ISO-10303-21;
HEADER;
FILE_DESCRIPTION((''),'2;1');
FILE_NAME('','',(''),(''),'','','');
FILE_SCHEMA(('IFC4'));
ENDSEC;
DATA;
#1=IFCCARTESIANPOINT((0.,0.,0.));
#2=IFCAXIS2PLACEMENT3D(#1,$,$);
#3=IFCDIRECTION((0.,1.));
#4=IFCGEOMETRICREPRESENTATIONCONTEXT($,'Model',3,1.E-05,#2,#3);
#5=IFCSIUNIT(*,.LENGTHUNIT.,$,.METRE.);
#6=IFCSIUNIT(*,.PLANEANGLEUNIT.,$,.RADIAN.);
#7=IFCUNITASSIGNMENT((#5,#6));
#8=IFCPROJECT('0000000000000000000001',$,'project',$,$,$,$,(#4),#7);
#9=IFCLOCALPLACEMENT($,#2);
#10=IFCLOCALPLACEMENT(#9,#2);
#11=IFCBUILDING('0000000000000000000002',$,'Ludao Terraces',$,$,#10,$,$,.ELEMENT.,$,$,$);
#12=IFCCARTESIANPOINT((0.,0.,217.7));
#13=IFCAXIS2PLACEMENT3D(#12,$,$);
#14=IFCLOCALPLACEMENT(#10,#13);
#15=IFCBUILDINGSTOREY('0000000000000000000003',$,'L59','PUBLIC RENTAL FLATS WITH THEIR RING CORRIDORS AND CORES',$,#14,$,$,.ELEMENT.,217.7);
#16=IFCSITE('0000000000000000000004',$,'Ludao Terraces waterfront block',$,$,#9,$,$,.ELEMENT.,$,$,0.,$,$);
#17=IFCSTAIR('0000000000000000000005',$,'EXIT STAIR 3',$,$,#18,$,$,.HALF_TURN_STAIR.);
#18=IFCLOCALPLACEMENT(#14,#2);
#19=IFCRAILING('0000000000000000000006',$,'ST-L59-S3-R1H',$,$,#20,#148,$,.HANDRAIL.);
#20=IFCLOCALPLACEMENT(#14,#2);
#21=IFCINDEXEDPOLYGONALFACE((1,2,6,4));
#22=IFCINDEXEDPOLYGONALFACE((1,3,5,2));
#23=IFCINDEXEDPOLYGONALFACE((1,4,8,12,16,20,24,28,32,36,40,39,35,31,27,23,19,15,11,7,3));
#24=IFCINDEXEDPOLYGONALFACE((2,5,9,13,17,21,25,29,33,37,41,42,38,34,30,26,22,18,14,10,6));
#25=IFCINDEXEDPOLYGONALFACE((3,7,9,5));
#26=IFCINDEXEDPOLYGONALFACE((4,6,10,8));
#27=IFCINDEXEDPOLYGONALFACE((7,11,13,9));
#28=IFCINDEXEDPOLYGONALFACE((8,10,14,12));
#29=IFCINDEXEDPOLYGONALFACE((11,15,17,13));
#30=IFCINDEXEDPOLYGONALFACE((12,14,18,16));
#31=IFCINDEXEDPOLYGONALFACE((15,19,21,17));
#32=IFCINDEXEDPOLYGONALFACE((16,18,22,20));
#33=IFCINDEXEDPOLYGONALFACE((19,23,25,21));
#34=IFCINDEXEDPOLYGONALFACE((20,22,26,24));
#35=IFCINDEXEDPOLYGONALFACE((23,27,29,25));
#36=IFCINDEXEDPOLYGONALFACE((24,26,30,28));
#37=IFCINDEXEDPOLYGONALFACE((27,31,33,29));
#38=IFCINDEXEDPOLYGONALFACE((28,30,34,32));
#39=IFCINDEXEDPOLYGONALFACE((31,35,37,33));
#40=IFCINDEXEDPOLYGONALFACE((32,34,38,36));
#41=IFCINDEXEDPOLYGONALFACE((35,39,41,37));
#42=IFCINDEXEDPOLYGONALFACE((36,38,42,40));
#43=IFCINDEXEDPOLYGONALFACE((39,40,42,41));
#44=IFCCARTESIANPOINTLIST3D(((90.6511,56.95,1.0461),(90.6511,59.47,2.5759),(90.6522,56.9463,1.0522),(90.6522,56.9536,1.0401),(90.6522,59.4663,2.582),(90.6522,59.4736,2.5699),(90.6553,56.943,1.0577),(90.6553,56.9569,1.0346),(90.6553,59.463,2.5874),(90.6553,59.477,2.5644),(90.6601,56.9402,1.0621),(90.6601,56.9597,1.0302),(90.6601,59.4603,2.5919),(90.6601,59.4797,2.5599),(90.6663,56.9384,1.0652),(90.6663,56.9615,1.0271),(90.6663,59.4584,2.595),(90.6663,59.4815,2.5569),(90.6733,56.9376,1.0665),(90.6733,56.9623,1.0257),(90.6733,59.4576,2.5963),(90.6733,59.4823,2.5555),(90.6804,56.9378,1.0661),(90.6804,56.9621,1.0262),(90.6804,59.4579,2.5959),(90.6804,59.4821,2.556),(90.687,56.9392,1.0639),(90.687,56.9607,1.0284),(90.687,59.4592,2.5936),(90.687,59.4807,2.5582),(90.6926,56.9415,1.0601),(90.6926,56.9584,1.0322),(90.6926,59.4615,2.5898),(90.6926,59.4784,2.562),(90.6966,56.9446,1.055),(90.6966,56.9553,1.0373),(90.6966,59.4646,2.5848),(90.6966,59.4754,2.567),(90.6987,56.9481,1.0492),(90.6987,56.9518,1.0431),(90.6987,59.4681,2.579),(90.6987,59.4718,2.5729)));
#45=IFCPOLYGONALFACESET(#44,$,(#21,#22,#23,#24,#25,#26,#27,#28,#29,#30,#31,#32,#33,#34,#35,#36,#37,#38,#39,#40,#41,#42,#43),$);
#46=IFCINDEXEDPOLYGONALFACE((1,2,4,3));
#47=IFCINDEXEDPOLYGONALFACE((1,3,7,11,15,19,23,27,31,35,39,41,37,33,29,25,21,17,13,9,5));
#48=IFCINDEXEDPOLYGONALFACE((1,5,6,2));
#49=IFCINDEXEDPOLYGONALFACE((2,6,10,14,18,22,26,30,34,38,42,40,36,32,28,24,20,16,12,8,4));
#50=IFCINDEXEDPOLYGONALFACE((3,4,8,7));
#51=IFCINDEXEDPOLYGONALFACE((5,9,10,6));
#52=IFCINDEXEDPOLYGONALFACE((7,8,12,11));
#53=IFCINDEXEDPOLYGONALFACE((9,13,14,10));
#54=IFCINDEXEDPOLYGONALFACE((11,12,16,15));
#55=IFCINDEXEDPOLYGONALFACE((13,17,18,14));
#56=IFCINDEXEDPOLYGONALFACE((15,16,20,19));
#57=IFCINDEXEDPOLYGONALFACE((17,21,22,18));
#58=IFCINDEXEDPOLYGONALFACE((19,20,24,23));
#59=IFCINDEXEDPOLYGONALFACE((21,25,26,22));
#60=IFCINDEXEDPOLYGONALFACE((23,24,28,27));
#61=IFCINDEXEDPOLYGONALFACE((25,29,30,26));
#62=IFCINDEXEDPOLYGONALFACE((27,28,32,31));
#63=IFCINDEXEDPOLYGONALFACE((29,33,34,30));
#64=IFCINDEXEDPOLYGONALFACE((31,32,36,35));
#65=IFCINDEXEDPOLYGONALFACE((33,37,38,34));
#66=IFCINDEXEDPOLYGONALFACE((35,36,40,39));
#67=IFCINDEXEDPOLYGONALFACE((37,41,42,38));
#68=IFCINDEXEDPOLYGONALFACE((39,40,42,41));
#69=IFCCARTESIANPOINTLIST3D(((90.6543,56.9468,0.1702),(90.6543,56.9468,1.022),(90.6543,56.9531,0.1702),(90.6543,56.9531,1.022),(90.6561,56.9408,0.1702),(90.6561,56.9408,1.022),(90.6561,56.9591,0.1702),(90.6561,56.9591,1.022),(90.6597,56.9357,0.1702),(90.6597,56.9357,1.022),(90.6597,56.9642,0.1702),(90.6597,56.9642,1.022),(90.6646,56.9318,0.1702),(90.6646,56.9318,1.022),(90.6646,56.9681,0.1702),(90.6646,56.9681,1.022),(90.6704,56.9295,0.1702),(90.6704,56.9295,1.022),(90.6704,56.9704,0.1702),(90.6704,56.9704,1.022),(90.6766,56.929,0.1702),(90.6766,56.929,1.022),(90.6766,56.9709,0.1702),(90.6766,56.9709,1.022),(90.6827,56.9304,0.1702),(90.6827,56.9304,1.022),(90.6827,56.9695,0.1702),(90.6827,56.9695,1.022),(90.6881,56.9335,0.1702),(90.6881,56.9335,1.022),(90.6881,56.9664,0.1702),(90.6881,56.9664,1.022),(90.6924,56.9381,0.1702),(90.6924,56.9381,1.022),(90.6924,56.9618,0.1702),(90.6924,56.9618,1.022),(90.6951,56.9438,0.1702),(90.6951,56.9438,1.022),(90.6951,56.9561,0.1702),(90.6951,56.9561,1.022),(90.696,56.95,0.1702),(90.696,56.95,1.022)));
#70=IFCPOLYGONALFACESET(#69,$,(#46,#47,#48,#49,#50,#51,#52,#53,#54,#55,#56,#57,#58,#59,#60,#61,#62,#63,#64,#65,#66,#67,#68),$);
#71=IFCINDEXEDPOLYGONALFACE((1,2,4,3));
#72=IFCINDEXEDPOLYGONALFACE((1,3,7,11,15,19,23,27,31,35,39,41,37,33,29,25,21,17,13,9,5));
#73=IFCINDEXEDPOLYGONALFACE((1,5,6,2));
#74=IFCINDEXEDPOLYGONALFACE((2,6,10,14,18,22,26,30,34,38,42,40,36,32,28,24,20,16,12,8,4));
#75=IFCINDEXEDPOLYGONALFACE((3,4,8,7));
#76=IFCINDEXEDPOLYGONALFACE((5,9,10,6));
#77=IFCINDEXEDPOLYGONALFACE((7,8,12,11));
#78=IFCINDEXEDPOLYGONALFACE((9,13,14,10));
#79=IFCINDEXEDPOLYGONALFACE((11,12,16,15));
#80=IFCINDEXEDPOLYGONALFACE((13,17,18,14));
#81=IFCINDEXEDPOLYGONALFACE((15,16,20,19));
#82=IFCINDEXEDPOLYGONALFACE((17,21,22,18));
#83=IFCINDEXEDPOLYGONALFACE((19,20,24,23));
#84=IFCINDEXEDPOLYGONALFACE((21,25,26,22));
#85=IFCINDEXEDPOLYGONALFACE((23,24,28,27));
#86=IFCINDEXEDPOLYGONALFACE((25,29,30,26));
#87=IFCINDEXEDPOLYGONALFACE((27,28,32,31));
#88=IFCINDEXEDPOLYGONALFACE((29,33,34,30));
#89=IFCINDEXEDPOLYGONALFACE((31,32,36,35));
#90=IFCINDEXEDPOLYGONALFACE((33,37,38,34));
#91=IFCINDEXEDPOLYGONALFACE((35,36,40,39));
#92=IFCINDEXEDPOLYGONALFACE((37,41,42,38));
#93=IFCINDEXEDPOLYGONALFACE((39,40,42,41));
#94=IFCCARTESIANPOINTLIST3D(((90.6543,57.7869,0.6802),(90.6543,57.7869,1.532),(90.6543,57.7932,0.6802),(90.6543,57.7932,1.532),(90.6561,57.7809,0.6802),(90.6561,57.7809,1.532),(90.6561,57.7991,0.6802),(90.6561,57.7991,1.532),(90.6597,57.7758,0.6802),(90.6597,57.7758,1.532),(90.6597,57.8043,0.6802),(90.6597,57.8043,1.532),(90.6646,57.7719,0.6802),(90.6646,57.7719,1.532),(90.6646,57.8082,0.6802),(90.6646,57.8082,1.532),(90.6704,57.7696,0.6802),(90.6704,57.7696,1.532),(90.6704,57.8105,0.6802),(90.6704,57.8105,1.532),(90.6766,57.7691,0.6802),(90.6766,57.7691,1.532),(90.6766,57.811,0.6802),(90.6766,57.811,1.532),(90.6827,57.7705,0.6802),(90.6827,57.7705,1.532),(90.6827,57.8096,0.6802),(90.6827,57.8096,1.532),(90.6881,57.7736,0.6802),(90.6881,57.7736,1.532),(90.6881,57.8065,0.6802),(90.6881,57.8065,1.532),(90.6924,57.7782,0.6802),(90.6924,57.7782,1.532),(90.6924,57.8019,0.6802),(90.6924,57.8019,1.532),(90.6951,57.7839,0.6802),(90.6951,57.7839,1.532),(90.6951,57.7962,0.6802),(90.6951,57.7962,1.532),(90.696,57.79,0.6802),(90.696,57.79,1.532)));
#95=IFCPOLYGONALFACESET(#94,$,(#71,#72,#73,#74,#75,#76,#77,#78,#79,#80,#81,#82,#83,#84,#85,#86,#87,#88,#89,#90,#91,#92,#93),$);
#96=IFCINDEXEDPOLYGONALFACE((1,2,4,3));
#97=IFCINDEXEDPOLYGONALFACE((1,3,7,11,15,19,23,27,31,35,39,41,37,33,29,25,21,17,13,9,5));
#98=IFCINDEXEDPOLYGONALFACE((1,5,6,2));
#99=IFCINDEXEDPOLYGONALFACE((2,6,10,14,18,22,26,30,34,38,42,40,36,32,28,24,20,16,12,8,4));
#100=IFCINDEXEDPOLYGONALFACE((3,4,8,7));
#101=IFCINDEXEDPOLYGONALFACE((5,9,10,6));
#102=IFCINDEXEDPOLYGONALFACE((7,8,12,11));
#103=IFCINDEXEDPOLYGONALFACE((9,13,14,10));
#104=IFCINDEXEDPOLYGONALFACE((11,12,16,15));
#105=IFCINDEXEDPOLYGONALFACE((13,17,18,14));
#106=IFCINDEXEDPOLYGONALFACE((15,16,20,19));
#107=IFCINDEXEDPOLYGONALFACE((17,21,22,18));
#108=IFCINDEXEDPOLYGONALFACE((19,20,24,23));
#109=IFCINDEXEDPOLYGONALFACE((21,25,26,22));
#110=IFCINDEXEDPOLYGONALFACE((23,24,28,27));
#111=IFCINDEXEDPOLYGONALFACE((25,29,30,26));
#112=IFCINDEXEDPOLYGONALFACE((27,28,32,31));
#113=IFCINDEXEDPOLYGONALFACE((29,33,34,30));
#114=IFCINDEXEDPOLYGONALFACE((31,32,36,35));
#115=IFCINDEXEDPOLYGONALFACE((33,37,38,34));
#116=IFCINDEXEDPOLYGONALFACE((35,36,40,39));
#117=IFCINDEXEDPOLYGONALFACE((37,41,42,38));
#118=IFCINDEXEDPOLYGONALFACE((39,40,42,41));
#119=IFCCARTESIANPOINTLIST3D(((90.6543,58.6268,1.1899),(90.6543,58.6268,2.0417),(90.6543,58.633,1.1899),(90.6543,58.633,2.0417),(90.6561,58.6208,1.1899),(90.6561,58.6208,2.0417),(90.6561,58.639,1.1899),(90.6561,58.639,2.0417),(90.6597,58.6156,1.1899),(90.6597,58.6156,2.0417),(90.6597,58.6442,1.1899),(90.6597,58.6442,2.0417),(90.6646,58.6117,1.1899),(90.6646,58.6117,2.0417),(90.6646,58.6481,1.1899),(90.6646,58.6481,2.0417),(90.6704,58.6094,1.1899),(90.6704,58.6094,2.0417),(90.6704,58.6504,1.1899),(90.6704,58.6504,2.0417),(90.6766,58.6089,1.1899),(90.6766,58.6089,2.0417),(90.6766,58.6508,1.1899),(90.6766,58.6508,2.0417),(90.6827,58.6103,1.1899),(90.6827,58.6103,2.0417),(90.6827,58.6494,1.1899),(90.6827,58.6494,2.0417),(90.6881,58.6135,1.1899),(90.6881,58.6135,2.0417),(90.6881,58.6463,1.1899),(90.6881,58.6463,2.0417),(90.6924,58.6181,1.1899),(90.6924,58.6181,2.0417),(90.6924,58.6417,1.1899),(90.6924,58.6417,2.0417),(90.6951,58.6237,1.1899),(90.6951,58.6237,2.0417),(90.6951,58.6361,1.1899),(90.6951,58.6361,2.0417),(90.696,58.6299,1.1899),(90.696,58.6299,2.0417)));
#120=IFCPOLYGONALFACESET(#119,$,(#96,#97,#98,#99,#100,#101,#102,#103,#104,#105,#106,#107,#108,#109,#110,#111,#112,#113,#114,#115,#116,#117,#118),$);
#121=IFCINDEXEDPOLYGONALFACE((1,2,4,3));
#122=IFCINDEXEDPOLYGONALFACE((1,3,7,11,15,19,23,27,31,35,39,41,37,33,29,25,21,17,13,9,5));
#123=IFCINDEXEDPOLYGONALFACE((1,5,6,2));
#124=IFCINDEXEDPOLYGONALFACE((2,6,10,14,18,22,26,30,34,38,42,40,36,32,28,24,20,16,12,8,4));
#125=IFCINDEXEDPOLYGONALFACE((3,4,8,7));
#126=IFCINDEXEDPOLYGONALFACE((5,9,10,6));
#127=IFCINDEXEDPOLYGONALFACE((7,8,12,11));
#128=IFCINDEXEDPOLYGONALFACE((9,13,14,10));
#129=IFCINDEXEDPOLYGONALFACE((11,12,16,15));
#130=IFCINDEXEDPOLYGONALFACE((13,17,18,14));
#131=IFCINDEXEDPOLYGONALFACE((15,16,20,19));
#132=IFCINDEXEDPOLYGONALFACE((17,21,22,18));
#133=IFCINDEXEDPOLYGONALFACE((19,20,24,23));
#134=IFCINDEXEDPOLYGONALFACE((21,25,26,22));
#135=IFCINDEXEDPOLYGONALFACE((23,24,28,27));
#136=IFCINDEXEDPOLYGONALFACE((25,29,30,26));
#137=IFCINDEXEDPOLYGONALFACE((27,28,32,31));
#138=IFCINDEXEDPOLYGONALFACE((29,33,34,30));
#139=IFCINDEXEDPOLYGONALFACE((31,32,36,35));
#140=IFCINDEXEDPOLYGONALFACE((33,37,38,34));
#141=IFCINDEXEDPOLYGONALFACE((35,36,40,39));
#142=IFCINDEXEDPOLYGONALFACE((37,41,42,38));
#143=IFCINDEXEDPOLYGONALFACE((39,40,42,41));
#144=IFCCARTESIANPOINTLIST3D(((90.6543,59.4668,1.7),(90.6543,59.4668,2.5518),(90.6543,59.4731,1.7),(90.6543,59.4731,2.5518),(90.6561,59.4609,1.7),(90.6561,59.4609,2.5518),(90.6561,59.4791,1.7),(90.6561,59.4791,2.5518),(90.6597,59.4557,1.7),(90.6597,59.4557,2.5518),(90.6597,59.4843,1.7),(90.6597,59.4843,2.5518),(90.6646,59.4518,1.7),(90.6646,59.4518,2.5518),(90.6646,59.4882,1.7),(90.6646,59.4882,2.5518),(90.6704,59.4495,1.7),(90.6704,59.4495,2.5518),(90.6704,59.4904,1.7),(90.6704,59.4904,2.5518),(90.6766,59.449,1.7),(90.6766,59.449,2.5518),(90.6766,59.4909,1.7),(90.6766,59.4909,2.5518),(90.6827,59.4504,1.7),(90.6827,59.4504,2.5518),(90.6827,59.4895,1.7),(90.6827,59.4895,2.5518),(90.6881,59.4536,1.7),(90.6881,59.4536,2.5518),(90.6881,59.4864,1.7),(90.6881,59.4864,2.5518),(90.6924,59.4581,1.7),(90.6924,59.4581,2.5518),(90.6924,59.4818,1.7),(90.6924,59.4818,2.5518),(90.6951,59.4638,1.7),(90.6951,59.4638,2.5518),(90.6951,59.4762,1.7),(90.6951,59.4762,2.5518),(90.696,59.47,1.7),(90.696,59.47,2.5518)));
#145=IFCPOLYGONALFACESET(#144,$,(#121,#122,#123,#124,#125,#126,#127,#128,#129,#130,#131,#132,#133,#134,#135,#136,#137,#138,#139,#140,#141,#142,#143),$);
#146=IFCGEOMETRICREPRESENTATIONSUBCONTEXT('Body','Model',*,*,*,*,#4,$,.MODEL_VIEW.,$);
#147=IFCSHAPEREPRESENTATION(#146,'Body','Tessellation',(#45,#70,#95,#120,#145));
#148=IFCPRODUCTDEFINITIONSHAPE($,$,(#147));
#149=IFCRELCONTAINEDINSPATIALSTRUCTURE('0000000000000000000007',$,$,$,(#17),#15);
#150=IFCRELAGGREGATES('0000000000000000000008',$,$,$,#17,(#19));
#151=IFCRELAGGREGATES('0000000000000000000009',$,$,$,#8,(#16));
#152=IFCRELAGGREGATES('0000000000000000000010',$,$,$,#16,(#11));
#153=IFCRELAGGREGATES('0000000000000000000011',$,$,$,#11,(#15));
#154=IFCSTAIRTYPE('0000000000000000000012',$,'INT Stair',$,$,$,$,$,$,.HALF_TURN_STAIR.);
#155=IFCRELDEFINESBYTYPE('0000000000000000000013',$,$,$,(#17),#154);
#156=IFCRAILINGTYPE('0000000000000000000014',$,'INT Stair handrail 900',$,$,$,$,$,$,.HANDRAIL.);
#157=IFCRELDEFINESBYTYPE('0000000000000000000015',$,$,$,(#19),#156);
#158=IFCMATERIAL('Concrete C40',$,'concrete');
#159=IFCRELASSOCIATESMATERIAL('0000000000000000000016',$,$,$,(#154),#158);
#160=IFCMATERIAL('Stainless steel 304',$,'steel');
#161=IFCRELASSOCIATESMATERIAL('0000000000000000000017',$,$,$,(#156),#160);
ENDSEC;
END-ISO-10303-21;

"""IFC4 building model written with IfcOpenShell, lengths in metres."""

from ifc_helpers import new_model, si_unit, direction, frame, origin, origin_2d, place, context, subcontext, project, spatial, circle, extrude, material, type_object, element, aggregate, save


model = new_model("IFC4")

# Units and contexts
model_context = context("Model", 3, precision=1e-05, world=origin(), true_north=direction((0.0, 1.0)))
body_context = subcontext(model_context, "Body", "Model", "MODEL_VIEW")
ifc_project = project(units=[si_unit("LENGTHUNIT", "METRE"), si_unit("PLANEANGLEUNIT", "RADIAN")], contexts=[model_context])

# Site, building, storey
site_placement = place(None, origin())
site = spatial("IfcSite", under=ifc_project, at=site_placement, Name="Ludao Terraces waterfront block", CompositionType="ELEMENT", RefElevation=0.0)
building_placement = place(site_placement, origin())
building = spatial("IfcBuilding", under=site, at=building_placement, Name="Ludao Terraces", CompositionType="ELEMENT")
storey_placement = place(building_placement, frame((0.0, 0.0, 217.7)))
storey = spatial("IfcBuildingStorey", under=building, at=storey_placement, Name="L59", Description="PUBLIC RENTAL FLATS WITH THEIR RING CORRIDORS AND CORES", CompositionType="ELEMENT", Elevation=217.7)

# Shared definitions
ifc_material_1 = material(Name="Concrete C40", Category="concrete")

# Stair, railing
stair_type = type_object("IfcStairType", Name="INT Stair", PredefinedType="HALF_TURN_STAIR", material=ifc_material_1)
stair_placement = place(storey_placement, origin())
stair = element("IfcStair", 1, at=stair_placement, inside=storey, type_object=stair_type, Name="EXIT STAIR 3", PredefinedType="HALF_TURN_STAIR")
ifc_material_2 = material(Name="Stainless steel 304", Category="steel")
railing_type_1 = type_object("IfcRailingType", Name="INT Stair handrail 900", PredefinedType="HANDRAIL", material=ifc_material_2)
railing_1_placement = place(storey_placement, frame((90.675, 56.95, 0.1702)))
railing_1 = element("IfcRailing", 2, at=railing_1_placement, type_object=railing_type_1, Name="ST-L59-S3-R1H", PredefinedType="HANDRAIL", context=body_context, shape_type="SweptSolid", body=[
    extrude(circle(Radius=0.0239, at=origin_2d()), frame((0.0, 0.0, 0.876), z_axis=(0.0, 0.854822, 0.518922), x_axis=(-1.0, 0.0, 0.0)), (0.0, 0.0, 1.0), 2.948),
    extrude(circle(Radius=0.021, at=origin_2d()), origin(), (0.0, 0.0, 1.0), 0.8518),
    extrude(circle(Radius=0.021, at=origin_2d()), frame((0.0, 0.8401, 0.51)), (0.0, 0.0, 1.0), 0.8518),
    extrude(circle(Radius=0.021, at=origin_2d()), frame((0.0, 1.6799, 1.0198)), (0.0, 0.0, 1.0), 0.8518),
    extrude(circle(Radius=0.021, at=origin_2d()), frame((0.0, 2.52, 1.5298)), (0.0, 0.0, 1.0), 0.8518),
])
aggregate(stair, [railing_1])

save(model, "model.ifc")
